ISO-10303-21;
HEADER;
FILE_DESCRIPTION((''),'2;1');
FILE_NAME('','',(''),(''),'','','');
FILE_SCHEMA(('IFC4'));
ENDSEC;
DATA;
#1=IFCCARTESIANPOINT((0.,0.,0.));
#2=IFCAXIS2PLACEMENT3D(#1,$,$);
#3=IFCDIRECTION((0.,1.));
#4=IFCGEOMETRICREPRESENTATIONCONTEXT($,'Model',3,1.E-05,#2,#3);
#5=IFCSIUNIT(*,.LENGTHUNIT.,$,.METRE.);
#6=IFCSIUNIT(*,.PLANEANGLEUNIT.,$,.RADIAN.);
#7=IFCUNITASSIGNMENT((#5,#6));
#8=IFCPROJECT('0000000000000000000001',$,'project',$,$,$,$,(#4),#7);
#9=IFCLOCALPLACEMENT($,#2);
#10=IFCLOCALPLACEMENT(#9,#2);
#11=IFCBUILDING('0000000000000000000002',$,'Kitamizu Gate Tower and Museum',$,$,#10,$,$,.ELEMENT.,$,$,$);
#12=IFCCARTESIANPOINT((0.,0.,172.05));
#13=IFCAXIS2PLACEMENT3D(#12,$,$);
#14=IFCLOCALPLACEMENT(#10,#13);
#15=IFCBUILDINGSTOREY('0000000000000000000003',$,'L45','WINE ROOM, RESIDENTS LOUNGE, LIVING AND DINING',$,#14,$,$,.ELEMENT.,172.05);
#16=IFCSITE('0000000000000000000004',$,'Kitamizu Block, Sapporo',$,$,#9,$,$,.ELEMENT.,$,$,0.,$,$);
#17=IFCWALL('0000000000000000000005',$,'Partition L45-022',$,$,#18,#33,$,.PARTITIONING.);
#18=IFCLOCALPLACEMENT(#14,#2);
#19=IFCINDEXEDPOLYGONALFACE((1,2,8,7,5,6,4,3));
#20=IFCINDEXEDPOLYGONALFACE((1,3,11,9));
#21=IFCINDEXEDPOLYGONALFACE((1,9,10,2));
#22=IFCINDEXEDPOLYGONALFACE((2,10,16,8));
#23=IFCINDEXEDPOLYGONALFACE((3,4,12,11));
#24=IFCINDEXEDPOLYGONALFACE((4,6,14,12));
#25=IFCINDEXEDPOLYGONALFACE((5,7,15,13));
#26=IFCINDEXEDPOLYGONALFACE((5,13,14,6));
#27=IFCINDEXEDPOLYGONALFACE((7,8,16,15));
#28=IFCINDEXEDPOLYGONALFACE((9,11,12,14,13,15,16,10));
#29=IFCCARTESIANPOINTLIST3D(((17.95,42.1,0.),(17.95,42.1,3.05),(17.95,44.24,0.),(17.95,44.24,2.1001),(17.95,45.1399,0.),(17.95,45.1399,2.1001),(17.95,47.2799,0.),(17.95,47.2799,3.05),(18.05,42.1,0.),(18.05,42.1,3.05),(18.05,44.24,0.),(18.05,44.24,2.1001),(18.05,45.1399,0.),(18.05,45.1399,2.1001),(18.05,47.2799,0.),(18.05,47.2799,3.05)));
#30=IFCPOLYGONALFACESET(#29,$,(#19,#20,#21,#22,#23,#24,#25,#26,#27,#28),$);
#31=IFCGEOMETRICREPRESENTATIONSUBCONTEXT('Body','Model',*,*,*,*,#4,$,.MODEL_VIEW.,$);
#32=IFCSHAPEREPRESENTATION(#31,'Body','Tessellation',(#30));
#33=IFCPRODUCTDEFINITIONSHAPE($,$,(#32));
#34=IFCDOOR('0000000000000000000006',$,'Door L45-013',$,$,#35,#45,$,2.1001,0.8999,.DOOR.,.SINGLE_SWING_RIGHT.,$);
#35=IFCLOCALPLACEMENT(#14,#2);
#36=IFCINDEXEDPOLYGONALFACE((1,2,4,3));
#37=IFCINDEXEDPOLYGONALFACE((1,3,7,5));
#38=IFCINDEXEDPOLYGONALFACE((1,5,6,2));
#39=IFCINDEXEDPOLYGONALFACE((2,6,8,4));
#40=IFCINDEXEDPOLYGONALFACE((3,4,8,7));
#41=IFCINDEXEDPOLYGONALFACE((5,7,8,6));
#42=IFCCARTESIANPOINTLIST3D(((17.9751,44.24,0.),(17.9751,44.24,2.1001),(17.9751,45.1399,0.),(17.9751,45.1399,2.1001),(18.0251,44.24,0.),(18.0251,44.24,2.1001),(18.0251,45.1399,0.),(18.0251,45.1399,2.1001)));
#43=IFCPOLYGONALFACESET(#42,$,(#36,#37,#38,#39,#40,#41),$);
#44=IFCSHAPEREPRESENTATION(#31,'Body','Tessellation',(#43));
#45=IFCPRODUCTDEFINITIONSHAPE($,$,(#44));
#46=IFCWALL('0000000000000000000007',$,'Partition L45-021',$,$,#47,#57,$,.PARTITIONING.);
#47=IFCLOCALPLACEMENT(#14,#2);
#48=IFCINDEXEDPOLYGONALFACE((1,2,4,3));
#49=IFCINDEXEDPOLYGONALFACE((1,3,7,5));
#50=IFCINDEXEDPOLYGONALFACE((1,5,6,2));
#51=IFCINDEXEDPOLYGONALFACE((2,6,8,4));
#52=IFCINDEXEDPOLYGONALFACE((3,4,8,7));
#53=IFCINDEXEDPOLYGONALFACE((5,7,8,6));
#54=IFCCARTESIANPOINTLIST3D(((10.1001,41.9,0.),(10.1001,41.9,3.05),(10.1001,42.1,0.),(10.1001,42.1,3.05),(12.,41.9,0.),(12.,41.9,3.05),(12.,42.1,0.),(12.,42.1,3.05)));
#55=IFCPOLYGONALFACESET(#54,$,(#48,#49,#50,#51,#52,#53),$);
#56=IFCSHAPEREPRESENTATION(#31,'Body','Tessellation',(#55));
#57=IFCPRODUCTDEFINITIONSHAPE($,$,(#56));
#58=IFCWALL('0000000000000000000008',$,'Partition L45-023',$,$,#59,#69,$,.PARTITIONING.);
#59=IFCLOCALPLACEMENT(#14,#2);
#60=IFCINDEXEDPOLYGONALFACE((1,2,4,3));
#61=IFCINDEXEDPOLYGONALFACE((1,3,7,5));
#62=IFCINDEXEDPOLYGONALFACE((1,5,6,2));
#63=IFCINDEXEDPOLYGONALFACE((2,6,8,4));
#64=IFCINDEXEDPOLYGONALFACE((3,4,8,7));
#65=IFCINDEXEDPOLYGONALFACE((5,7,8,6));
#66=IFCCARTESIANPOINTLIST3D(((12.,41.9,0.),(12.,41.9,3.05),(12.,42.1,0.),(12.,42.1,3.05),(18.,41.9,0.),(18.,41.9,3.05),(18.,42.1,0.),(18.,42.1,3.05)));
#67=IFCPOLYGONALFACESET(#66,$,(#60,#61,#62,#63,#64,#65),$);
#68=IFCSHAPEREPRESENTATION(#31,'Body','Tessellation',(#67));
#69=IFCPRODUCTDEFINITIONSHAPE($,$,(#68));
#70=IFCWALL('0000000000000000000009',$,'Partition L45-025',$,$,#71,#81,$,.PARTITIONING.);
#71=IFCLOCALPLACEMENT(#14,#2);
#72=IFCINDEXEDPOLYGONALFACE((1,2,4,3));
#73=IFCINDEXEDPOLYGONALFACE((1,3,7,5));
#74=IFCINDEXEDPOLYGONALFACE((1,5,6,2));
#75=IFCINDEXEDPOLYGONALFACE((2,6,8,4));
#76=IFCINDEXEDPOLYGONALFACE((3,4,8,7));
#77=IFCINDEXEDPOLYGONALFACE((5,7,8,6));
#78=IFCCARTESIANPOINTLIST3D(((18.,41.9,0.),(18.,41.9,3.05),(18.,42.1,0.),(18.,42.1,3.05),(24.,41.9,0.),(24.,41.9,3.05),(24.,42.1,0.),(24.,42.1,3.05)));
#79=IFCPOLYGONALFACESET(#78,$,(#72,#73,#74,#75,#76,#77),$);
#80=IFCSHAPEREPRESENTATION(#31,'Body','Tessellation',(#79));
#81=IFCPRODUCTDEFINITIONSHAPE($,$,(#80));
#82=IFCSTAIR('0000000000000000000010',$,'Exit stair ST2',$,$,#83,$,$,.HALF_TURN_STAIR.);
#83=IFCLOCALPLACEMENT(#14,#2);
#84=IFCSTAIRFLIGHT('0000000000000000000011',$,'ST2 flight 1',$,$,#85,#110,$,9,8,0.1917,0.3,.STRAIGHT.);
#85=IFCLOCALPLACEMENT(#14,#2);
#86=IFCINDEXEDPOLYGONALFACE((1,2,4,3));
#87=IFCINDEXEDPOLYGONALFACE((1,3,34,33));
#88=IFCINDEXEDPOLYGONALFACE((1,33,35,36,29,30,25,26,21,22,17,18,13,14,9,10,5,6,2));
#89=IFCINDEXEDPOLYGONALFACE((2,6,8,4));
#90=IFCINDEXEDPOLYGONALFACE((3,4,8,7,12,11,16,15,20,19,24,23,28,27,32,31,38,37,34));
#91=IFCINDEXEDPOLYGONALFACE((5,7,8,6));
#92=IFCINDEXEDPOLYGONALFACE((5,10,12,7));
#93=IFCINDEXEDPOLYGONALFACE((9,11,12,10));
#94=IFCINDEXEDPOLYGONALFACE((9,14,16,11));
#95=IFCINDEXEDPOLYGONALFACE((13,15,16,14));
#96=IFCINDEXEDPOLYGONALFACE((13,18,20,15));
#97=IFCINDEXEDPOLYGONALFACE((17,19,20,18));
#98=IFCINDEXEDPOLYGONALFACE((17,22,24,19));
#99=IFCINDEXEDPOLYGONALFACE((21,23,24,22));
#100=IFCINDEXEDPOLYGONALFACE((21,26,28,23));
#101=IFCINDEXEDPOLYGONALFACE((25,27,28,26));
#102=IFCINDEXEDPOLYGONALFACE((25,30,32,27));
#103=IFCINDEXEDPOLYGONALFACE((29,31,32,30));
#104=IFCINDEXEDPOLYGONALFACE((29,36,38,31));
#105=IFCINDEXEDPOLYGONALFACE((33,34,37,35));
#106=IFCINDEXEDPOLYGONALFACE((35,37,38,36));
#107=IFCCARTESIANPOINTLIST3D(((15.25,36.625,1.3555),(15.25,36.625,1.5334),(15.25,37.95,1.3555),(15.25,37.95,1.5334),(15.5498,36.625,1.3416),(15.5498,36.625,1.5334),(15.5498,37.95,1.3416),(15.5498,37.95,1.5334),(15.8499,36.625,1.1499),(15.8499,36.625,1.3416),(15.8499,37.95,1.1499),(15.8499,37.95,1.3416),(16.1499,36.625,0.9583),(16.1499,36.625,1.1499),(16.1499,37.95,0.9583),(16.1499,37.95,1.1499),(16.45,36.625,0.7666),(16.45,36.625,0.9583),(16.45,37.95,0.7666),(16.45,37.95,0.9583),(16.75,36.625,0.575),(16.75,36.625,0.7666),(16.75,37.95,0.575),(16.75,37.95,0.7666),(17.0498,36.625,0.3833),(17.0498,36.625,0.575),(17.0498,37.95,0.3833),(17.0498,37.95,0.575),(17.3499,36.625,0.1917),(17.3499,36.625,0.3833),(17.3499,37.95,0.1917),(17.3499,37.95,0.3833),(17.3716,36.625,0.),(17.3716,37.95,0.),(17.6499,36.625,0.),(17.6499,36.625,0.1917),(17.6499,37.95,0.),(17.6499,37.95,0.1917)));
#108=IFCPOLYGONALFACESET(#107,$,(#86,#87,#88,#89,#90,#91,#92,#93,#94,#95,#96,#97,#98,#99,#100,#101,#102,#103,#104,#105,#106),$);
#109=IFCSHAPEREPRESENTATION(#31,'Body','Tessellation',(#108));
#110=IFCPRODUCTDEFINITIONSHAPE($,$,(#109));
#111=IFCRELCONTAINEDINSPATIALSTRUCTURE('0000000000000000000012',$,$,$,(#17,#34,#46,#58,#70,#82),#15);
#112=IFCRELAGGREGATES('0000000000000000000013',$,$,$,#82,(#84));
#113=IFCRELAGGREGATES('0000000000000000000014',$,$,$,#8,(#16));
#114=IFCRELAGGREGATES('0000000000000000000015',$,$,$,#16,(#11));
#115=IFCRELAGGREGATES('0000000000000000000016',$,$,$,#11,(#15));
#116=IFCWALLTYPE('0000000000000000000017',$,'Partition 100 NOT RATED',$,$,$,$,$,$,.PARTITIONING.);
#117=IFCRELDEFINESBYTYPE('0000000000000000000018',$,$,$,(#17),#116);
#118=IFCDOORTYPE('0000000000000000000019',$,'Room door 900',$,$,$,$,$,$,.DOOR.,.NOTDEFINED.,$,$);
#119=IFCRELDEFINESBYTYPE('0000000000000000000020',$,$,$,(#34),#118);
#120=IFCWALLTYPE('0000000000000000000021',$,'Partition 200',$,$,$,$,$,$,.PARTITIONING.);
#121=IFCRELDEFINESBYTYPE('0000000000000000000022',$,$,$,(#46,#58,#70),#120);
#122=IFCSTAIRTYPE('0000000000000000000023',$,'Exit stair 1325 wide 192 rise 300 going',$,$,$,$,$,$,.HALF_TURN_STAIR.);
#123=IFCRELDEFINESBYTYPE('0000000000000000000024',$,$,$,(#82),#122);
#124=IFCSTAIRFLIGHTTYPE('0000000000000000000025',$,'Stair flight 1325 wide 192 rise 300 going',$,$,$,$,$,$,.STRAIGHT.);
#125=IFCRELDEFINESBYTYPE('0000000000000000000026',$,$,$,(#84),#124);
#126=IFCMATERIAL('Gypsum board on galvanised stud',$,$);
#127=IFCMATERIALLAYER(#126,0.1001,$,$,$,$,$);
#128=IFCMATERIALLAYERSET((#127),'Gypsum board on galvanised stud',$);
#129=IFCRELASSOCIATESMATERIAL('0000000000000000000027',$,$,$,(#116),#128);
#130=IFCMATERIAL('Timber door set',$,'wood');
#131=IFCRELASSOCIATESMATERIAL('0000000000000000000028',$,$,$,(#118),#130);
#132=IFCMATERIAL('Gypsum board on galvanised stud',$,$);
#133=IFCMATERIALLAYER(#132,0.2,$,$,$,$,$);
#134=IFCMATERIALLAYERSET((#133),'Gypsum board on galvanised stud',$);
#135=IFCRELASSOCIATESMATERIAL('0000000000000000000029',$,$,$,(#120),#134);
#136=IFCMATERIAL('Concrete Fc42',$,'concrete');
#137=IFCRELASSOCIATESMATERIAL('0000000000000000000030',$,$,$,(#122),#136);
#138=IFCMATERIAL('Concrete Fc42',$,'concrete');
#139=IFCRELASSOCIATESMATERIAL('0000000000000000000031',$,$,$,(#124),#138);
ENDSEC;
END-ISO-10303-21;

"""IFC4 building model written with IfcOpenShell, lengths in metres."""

from ifc_helpers import new_model, si_unit, direction, frame, frame_2d, origin, place, context, subcontext, project, spatial, polyline, rectangle, outline, extrude, material, layer, layer_set, type_object, element, fill, aggregate, save


model = new_model("IFC4")

# Units and contexts
model_context = context("Model", 3, precision=1e-05, world=origin(), true_north=direction((0.0, 1.0)))
body_context = subcontext(model_context, "Body", "Model", "MODEL_VIEW")
ifc_project = project(units=[si_unit("LENGTHUNIT", "METRE"), si_unit("PLANEANGLEUNIT", "RADIAN")], contexts=[model_context])

# Site, building, storey
site_placement = place(None, origin())
site = spatial("IfcSite", under=ifc_project, at=site_placement, Name="Kitamizu Block, Sapporo", CompositionType="ELEMENT", RefElevation=0.0)
building_placement = place(site_placement, origin())
building = spatial("IfcBuilding", under=site, at=building_placement, Name="Kitamizu Gate Tower and Museum", CompositionType="ELEMENT")
storey_placement = place(building_placement, frame((0.0, 0.0, 172.05)))
storey = spatial("IfcBuildingStorey", under=building, at=storey_placement, Name="L45", Description="WINE ROOM, RESIDENTS LOUNGE, LIVING AND DINING", CompositionType="ELEMENT", Elevation=172.05)

# Wall, opening, door
ifc_material_1 = material(Name="Gypsum board on galvanised stud")
ifc_layer_1 = layer(ifc_material_1, 0.1001)
ifc_layer_set_1 = layer_set([ifc_layer_1], Name="Gypsum board on galvanised stud")
wall_type_1 = type_object("IfcWallType", Name="Partition 100 NOT RATED", PredefinedType="PARTITIONING", material=ifc_layer_set_1)
ifc_material_2 = material(Name="Timber door set", Category="wood")
door_type_1 = type_object("IfcDoorType", Name="Room door 900", OperationType="NOTDEFINED", PredefinedType="DOOR", material=ifc_material_2)
wall_1_placement = place(storey_placement, frame((18.0, 42.1001, 0.0), z_axis=(0.0, 0.0, 1.0), x_axis=(0.0, 1.0, 0.0)))
wall_1 = element("IfcWall", 1, at=wall_1_placement, inside=storey, type_object=wall_type_1, Name="Partition L45-022", PredefinedType="PARTITIONING", context=body_context, shape_type="SweptSolid", body=[
    extrude(rectangle(XDim=5.1799, YDim=0.1001, at=frame_2d((2.5898, 0.0))), origin(), (0.0, 0.0, 1.0), 3.05),
])
opening_1_placement = place(wall_1_placement, frame((2.1399, 0.0, 0.0)))
opening_1 = element("IfcOpeningElement", 2, at=opening_1_placement, cuts=wall_1, PredefinedType="OPENING", context=body_context, shape_type="SweptSolid", body=[
    extrude(rectangle(XDim=0.8999, YDim=2.1001, at=frame_2d((0.45, 1.05))), frame((0.0, 0.0601, 0.0), z_axis=(0.0, -1.0, 0.0), x_axis=(1.0, 0.0, 0.0)), (0.0, 0.0, 1.0), 0.1201),
])
door_1_placement = place(opening_1_placement, origin())
door_1 = element("IfcDoor", 3, at=door_1_placement, inside=storey, type_object=door_type_1, Name="Door L45-013", OperationType="SINGLE_SWING_RIGHT", OverallHeight=2.1001, OverallWidth=0.8999, PredefinedType="DOOR", context=body_context, shape_type="SweptSolid", body=[
    extrude(rectangle(XDim=0.8999, YDim=2.1001, at=frame_2d((0.45, 1.05))), frame((0.0, 0.0249, 0.0), z_axis=(0.0, -1.0, 0.0), x_axis=(1.0, 0.0, 0.0)), (0.0, 0.0, 1.0), 0.05),
])
fill(opening_1, door_1)

# Walls
ifc_material_3 = material(Name="Gypsum board on galvanised stud")
ifc_layer_2 = layer(ifc_material_3, 0.2)
ifc_layer_set_2 = layer_set([ifc_layer_2], Name="Gypsum board on galvanised stud")
wall_type_2 = type_object("IfcWallType", Name="Partition 200", PredefinedType="PARTITIONING", material=ifc_layer_set_2)
wall_2_placement = place(storey_placement, frame((10.1001, 42.0, 0.0), z_axis=(0.0, 0.0, 1.0), x_axis=(1.0, 0.0, 0.0)))
element("IfcWall", 4, at=wall_2_placement, inside=storey, type_object=wall_type_2, Name="Partition L45-021", PredefinedType="PARTITIONING", context=body_context, shape_type="SweptSolid", body=[
    extrude(rectangle(XDim=1.8999, YDim=0.2, at=frame_2d((0.95, 0.0))), origin(), (0.0, 0.0, 1.0), 3.05),
])
for number, where, z_axis, x_axis, name in (
    (5, (12.0, 42.0, 0.0), (0.0, 0.0, 1.0), (1.0, 0.0, 0.0), "Partition L45-023"),
    (6, (18.0, 42.0, 0.0), (0.0, 0.0, 1.0), (1.0, 0.0, 0.0), "Partition L45-025"),
):
    element("IfcWall", number, at=place(storey_placement, frame(where, z_axis=z_axis, x_axis=x_axis)), inside=storey, type_object=wall_type_2, Name=name, PredefinedType="PARTITIONING", context=body_context, shape_type="SweptSolid", body=[
        extrude(rectangle(XDim=6.0, YDim=0.2, at=frame_2d((3.0, 0.0))), origin(), (0.0, 0.0, 1.0), 3.05),
    ])

# Stair, stair flight
ifc_material_4 = material(Name="Concrete Fc42", Category="concrete")
stair_type = type_object("IfcStairType", Name="Exit stair 1325 wide 192 rise 300 going", PredefinedType="HALF_TURN_STAIR", material=ifc_material_4)
stair_placement = place(storey_placement, origin())
stair = element("IfcStair", 7, at=stair_placement, inside=storey, type_object=stair_type, Name="Exit stair ST2", PredefinedType="HALF_TURN_STAIR")
ifc_material_5 = material(Name="Concrete Fc42", Category="concrete")
stair_flight_type = type_object("IfcStairFlightType", Name="Stair flight 1325 wide 192 rise 300 going", PredefinedType="STRAIGHT", material=ifc_material_5)
stair_flight_placement = place(storey_placement, frame((17.6499, 37.2876, 0.0), z_axis=(0.0, 0.0, 1.0), x_axis=(-1.0, 0.0, 0.0)))
stair_flight = element("IfcStairFlight", 8, at=stair_flight_placement, type_object=stair_flight_type, Name="ST2 flight 1", NumberOfRisers=9, NumberOfTreads=8, PredefinedType="STRAIGHT", RiserHeight=0.1917, TreadLength=0.3, context=body_context, shape_type="SweptSolid", body=[
    extrude(outline(polyline([(0.0, 0.0), (0.0, 0.1917), (0.3, 0.1917), (0.3, 0.3833), (0.6001, 0.3833), (0.6001, 0.575), (0.8999, 0.575), (0.8999, 0.7666), (1.2, 0.7666), (1.2, 0.9583), (1.5, 0.9583), (1.5, 1.1499), (1.8, 1.1499), (1.8, 1.3416), (2.1001, 1.3416), (2.1001, 1.5334), (2.3999, 1.5334), (2.3999, 1.7251), (2.3999, 1.3555), (0.2783, 0.0), (0.0, 0.0)])), frame((0.0, 0.6626, 0.0), z_axis=(0.0, -1.0, 0.0), x_axis=(1.0, 0.0, 0.0)), (0.0, 0.0, 1.0), 1.325),
])
aggregate(stair, [stair_flight])

save(model, "model.ifc")
